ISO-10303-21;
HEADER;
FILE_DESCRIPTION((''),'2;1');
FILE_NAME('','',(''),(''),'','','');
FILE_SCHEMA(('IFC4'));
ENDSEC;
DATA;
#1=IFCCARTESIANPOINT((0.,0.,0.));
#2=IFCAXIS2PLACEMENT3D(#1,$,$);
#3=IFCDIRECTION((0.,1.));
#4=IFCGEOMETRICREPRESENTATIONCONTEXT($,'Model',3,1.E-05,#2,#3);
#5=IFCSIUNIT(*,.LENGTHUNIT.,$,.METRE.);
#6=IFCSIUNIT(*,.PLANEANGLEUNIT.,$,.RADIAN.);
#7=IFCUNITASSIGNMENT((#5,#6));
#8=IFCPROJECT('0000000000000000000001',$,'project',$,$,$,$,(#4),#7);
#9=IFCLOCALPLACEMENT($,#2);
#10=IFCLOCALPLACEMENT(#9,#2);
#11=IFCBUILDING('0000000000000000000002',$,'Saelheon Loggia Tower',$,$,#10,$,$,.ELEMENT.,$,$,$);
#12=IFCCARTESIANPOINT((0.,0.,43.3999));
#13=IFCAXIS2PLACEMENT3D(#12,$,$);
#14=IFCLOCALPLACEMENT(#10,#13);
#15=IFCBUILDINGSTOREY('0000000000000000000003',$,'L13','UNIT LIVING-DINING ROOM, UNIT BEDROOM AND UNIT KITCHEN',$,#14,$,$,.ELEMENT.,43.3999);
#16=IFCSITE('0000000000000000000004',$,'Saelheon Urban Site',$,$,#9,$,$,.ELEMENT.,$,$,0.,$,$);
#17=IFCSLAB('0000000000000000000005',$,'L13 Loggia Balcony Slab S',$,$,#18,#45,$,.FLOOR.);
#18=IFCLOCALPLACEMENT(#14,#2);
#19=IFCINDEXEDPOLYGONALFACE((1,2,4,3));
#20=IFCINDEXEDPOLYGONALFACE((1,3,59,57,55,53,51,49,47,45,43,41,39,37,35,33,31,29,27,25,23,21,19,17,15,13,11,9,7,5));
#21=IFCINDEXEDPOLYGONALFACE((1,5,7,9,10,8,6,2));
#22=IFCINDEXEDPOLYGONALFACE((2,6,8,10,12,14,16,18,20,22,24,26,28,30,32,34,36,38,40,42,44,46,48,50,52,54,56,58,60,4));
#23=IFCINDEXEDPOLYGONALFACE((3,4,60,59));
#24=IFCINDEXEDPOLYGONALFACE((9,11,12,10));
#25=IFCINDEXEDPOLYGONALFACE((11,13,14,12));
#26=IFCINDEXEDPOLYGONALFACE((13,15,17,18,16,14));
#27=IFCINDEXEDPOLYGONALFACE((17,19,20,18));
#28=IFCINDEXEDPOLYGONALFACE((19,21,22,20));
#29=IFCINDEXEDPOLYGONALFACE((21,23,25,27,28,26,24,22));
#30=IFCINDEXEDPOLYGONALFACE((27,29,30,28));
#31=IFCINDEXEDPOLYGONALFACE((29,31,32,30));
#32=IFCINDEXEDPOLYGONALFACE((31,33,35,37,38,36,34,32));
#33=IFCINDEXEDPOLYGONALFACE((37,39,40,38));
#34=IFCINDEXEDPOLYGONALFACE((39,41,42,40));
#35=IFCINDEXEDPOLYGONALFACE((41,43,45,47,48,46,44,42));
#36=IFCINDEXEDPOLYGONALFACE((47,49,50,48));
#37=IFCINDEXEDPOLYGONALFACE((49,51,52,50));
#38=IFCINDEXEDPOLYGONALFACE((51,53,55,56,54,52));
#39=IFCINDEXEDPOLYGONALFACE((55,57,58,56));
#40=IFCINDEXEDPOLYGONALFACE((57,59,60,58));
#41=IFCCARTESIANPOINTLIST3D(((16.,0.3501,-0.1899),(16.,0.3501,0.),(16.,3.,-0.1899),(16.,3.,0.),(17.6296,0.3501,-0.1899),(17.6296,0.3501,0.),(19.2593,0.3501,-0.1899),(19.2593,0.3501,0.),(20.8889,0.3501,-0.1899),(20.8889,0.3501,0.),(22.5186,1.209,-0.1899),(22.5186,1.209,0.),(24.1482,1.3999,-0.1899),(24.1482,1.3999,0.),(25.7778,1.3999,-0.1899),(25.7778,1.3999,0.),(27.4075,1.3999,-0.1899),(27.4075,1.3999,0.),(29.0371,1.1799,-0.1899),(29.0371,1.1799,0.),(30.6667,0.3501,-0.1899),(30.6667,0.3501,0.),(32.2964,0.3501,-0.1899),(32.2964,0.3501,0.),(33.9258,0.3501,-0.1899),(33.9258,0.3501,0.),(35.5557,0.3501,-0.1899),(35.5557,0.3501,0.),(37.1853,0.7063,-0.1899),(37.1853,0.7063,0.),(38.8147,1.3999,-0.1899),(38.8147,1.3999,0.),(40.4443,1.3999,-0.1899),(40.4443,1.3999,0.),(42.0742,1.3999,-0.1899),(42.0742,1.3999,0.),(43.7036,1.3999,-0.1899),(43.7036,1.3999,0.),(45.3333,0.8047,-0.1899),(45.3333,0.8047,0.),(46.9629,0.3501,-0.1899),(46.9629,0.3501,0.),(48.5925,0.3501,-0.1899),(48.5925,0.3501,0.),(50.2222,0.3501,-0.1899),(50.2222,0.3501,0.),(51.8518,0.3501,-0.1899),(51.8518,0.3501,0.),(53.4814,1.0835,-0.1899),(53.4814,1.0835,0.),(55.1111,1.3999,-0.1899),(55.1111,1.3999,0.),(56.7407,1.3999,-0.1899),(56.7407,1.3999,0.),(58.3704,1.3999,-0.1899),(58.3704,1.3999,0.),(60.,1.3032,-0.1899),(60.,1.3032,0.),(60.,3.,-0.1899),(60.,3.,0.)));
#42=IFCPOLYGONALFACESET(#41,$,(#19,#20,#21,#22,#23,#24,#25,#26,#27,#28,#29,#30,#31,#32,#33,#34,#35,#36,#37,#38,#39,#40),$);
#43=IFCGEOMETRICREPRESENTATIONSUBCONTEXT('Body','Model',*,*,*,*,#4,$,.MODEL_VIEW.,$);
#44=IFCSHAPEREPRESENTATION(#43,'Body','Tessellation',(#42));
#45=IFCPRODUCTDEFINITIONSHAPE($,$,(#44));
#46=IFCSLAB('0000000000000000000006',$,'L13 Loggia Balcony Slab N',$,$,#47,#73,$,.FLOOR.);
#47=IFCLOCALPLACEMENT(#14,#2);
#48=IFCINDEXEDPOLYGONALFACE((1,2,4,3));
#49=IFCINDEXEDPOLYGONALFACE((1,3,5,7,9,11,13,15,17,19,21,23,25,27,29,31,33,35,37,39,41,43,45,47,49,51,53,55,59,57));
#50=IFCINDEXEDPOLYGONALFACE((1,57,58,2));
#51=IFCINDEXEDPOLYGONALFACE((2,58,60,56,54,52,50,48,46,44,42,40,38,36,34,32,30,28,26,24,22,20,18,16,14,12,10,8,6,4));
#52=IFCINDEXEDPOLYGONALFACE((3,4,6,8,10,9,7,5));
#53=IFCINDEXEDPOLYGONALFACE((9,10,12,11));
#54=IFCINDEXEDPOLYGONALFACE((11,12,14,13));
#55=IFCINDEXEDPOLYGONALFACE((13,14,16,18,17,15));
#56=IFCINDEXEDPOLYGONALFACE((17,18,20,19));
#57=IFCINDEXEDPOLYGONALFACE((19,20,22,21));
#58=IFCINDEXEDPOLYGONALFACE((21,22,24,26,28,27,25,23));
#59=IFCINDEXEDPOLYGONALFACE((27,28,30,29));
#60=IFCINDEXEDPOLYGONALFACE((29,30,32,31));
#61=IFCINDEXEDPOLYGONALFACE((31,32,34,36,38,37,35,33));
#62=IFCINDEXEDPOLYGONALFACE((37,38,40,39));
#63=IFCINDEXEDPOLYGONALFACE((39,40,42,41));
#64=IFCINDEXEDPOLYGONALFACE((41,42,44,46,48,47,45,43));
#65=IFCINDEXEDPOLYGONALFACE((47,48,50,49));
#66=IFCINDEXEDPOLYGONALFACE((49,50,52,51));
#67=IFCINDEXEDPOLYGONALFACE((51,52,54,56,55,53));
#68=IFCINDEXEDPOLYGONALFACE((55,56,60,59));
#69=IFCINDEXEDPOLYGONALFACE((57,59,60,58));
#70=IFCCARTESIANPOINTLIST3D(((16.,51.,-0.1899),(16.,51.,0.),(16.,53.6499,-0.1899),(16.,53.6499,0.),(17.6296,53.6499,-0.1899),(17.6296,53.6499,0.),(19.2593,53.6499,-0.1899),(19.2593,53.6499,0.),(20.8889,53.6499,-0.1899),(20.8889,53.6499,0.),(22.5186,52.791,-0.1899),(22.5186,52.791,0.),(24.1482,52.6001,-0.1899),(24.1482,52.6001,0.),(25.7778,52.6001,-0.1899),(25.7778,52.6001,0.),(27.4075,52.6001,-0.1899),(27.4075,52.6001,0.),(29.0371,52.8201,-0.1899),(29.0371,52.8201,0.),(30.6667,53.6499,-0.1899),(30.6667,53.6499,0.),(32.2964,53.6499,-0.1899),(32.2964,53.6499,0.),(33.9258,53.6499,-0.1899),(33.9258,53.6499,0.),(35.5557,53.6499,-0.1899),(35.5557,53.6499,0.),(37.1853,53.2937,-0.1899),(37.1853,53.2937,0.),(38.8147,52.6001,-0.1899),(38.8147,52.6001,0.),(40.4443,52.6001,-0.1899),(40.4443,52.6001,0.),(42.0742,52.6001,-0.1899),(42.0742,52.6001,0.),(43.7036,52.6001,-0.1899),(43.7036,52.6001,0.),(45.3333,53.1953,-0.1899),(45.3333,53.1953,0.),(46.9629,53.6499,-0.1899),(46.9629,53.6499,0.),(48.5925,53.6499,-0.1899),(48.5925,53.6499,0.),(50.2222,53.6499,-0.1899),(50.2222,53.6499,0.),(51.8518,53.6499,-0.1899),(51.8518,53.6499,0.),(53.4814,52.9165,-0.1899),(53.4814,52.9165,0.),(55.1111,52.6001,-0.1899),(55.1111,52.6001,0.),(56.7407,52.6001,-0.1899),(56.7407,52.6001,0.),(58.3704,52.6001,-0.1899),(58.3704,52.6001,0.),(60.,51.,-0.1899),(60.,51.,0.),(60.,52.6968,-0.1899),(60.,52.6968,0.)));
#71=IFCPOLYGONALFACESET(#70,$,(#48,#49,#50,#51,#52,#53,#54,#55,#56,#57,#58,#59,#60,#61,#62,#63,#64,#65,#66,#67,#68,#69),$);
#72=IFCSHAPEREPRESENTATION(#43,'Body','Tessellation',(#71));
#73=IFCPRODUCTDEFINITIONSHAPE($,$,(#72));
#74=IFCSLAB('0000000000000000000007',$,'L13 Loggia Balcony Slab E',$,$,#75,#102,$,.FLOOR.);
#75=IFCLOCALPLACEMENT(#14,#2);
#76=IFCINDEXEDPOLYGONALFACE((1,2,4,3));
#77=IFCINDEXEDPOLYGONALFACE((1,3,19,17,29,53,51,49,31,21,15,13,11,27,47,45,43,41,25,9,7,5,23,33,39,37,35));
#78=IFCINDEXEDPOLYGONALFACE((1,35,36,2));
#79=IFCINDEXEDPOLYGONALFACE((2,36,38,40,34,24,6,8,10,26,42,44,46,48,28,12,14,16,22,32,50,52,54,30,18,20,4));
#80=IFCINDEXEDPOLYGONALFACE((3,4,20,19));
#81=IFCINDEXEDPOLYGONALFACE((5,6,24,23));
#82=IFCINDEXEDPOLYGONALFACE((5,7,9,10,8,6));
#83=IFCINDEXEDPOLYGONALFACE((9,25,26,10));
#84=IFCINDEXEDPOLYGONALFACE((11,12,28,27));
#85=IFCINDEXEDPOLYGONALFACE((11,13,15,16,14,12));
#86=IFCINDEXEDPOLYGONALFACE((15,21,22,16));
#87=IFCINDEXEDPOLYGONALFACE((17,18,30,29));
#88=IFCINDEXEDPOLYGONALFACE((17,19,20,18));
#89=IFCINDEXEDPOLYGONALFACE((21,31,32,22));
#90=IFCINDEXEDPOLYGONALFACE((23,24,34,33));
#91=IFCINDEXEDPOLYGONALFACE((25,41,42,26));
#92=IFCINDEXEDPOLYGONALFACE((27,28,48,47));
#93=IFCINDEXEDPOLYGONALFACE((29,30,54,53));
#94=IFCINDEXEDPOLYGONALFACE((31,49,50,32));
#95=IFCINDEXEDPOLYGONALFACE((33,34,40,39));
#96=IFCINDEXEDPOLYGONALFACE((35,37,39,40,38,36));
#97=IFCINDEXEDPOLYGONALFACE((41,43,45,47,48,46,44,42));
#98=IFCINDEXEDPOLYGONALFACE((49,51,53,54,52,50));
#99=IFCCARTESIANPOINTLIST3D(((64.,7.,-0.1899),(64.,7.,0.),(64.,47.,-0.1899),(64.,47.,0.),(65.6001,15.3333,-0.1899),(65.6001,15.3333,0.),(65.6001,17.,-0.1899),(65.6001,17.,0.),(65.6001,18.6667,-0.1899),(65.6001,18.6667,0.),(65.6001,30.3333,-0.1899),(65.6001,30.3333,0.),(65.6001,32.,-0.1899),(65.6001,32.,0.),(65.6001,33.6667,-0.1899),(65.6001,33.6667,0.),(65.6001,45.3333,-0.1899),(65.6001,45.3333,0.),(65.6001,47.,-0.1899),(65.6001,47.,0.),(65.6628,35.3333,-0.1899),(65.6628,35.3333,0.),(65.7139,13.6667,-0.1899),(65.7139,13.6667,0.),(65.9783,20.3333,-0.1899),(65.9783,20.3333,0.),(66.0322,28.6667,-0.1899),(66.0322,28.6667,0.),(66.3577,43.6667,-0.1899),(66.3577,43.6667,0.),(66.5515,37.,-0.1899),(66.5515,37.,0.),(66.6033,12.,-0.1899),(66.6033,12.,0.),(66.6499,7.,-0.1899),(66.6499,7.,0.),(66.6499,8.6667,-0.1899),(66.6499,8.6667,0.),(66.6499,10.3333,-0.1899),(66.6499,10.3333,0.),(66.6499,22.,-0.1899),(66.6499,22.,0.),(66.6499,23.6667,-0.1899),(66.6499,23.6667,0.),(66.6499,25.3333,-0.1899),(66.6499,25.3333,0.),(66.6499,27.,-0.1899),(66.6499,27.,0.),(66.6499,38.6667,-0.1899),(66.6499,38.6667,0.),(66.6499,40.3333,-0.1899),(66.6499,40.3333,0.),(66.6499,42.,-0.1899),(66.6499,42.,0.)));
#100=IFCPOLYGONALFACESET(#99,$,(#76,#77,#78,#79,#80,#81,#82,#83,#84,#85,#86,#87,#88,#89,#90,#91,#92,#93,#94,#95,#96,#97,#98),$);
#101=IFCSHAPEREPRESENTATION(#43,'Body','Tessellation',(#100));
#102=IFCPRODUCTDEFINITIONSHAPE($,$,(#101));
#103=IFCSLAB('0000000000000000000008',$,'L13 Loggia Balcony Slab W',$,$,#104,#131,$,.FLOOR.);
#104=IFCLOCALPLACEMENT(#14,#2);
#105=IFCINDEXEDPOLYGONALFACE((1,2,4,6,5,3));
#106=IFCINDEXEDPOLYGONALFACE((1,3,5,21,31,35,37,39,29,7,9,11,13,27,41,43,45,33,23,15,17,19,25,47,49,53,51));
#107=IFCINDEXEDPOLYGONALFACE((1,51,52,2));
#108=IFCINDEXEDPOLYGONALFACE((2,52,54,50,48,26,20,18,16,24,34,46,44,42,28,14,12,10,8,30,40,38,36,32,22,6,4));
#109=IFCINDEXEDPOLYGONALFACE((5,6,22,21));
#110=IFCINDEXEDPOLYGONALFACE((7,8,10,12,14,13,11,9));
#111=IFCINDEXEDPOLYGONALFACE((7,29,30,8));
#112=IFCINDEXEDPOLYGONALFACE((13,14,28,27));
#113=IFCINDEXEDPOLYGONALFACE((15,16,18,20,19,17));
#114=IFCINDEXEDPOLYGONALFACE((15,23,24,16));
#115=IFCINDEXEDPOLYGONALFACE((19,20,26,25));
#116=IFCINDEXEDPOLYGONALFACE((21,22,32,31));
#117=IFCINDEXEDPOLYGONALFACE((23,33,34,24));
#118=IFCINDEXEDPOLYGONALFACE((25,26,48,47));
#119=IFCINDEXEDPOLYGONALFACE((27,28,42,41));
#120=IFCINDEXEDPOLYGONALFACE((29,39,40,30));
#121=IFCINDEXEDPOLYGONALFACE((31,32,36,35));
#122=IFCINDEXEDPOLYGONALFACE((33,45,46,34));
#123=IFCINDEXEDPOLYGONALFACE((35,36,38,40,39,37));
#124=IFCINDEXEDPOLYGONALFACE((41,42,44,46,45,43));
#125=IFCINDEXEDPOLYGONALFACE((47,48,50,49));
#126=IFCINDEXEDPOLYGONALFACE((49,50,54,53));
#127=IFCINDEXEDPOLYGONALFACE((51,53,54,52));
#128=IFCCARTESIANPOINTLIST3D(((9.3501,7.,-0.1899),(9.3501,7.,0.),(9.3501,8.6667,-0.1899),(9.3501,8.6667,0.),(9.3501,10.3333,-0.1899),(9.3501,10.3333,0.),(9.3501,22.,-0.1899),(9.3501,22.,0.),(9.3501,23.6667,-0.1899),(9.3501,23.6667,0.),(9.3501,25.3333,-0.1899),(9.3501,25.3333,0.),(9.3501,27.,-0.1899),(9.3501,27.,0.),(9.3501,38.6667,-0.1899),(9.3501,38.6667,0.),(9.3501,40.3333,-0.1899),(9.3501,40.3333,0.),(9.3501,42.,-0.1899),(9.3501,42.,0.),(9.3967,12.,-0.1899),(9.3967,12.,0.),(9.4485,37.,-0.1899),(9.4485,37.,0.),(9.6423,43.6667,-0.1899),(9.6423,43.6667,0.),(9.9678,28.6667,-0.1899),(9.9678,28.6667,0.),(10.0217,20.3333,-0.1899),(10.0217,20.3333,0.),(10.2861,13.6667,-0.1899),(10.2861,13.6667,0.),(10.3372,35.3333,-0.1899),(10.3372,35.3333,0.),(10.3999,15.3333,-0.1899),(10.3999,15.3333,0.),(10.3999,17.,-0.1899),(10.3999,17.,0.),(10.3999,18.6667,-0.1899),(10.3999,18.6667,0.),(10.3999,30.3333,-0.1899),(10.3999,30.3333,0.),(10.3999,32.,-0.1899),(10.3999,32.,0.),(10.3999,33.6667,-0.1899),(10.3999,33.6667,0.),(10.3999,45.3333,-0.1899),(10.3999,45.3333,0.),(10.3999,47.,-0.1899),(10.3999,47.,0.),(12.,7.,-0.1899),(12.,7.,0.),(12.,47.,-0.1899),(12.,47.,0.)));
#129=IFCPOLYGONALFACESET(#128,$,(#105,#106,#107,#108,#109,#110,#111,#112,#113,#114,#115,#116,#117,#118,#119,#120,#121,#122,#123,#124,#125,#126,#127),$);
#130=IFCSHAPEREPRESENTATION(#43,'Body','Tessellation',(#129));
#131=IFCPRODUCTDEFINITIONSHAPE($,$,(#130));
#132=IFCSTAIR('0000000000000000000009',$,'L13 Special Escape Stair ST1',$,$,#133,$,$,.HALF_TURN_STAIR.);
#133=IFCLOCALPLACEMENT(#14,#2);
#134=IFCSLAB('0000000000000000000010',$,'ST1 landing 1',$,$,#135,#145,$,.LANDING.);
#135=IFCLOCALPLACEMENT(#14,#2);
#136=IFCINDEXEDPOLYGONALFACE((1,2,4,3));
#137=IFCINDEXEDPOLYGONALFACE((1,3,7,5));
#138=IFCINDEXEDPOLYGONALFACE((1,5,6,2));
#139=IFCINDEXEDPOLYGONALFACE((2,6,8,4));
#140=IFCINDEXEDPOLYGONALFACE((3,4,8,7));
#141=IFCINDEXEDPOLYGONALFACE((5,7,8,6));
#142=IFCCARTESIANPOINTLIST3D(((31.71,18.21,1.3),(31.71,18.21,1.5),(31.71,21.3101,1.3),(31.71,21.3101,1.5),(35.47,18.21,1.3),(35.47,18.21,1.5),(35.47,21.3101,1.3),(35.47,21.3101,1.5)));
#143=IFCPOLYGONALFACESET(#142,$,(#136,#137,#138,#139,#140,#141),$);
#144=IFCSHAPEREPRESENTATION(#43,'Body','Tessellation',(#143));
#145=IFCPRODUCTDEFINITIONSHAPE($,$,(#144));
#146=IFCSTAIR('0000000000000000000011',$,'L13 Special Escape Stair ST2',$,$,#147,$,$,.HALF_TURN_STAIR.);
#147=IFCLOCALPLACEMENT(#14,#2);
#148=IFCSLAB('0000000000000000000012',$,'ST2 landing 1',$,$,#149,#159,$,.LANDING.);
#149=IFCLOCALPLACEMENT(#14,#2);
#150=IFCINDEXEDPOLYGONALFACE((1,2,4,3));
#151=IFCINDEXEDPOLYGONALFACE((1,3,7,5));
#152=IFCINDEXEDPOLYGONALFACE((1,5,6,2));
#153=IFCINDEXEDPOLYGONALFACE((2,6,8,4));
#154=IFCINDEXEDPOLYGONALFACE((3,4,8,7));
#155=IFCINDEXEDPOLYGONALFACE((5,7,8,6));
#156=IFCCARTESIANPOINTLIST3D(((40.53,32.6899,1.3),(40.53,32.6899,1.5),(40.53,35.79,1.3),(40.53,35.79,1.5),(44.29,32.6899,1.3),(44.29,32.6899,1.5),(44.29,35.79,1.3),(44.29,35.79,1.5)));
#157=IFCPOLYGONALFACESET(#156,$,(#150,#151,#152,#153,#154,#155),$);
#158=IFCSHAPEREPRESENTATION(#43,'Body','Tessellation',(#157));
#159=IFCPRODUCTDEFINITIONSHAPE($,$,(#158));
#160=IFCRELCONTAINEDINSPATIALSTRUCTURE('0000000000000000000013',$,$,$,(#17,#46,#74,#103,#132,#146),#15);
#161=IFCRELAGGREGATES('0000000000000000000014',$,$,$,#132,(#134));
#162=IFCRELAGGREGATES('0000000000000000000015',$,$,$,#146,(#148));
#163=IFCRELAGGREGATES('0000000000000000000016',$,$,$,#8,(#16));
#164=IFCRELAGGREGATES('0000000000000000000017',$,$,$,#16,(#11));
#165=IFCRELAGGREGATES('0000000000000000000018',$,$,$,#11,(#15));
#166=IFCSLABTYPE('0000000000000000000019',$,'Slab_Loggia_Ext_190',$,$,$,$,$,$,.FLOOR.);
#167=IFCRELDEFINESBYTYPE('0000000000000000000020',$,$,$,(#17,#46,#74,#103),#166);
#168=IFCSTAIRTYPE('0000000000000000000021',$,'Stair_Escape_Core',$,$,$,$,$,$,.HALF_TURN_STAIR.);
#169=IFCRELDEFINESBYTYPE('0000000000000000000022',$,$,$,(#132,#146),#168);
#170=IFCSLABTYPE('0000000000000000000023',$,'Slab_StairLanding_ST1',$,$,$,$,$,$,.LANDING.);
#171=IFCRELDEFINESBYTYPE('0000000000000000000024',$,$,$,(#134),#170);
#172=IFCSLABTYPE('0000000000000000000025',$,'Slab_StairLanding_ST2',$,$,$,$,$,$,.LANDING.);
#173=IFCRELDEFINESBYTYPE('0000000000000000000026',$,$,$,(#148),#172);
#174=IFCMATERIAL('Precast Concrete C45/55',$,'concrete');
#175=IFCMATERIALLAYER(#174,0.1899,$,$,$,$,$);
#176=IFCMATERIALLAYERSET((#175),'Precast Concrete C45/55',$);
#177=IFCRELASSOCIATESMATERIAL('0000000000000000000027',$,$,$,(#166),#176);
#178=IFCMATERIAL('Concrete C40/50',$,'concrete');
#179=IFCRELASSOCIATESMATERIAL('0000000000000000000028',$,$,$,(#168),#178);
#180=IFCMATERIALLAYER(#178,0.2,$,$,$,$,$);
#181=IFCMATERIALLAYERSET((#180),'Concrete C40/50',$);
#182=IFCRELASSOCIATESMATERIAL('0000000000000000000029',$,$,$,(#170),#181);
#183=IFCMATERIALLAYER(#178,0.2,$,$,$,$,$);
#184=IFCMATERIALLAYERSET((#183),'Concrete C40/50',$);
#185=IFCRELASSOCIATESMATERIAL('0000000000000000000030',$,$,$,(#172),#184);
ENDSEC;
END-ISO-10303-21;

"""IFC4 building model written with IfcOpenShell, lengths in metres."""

from ifc_helpers import new_model, si_unit, direction, frame, origin, place, context, subcontext, project, spatial, polyline, outline, extrude, material, layer, layer_set, type_object, element, aggregate, save


model = new_model("IFC4")

# Units and contexts
model_context = context("Model", 3, precision=1e-05, world=origin(), true_north=direction((0.0, 1.0)))
body_context = subcontext(model_context, "Body", "Model", "MODEL_VIEW")
ifc_project = project(units=[si_unit("LENGTHUNIT", "METRE"), si_unit("PLANEANGLEUNIT", "RADIAN")], contexts=[model_context])

# Site, building, storey
site_placement = place(None, origin())
site = spatial("IfcSite", under=ifc_project, at=site_placement, Name="Saelheon Urban Site", CompositionType="ELEMENT", RefElevation=0.0)
building_placement = place(site_placement, origin())
building = spatial("IfcBuilding", under=site, at=building_placement, Name="Saelheon Loggia Tower", CompositionType="ELEMENT")
storey_placement = place(building_placement, frame((0.0, 0.0, 43.3999)))
storey = spatial("IfcBuildingStorey", under=building, at=storey_placement, Name="L13", Description="UNIT LIVING-DINING ROOM, UNIT BEDROOM AND UNIT KITCHEN", CompositionType="ELEMENT", Elevation=43.3999)

# Slabs
ifc_material_1 = material(Name="Precast Concrete C45/55", Category="concrete")
ifc_layer_1 = layer(ifc_material_1, 0.1899)
ifc_layer_set_1 = layer_set([ifc_layer_1], Name="Precast Concrete C45/55")
slab_type_1 = type_object("IfcSlabType", Name="Slab_Loggia_Ext_190", PredefinedType="FLOOR", material=ifc_layer_set_1)
slab_1_placement = place(storey_placement, frame((0.0, 0.0, -0.1899)))
element("IfcSlab", 1, at=slab_1_placement, inside=storey, type_object=slab_type_1, Name="L13 Loggia Balcony Slab S", PredefinedType="FLOOR", context=body_context, shape_type="SweptSolid", body=[
    extrude(outline(polyline([(16.0, 0.3501), (17.6296, 0.3501), (19.2593, 0.3501), (20.8889, 0.3501), (22.5186, 1.209), (24.1482, 1.3999), (25.7778, 1.3999), (27.4075, 1.3999), (29.0371, 1.1799), (30.6667, 0.3501), (32.2964, 0.3501), (33.9258, 0.3501), (35.5557, 0.3501), (37.1853, 0.7063), (38.8147, 1.3999), (40.4443, 1.3999), (42.0742, 1.3999), (43.7036, 1.3999), (45.3333, 0.8047), (46.9629, 0.3501), (48.5925, 0.3501), (50.2222, 0.3501), (51.8518, 0.3501), (53.4814, 1.0835), (55.1111, 1.3999), (56.7407, 1.3999), (58.3704, 1.3999), (60.0, 1.3032), (60.0, 3.0), (16.0, 3.0), (16.0, 0.3501)])), origin(), (0.0, 0.0, 1.0), 0.1899),
])
slab_2_placement = place(storey_placement, frame((0.0, 0.0, -0.1899)))
element("IfcSlab", 2, at=slab_2_placement, inside=storey, type_object=slab_type_1, Name="L13 Loggia Balcony Slab N", PredefinedType="FLOOR", context=body_context, shape_type="SweptSolid", body=[
    extrude(outline(polyline([(16.0, 51.0), (60.0, 51.0), (60.0, 52.6968), (58.3704, 52.6001), (56.7407, 52.6001), (55.1111, 52.6001), (53.4814, 52.9165), (51.8518, 53.6499), (50.2222, 53.6499), (48.5925, 53.6499), (46.9629, 53.6499), (45.3333, 53.1953), (43.7036, 52.6001), (42.0742, 52.6001), (40.4443, 52.6001), (38.8147, 52.6001), (37.1853, 53.2937), (35.5557, 53.6499), (33.9258, 53.6499), (32.2964, 53.6499), (30.6667, 53.6499), (29.0371, 52.8201), (27.4075, 52.6001), (25.7778, 52.6001), (24.1482, 52.6001), (22.5186, 52.791), (20.8889, 53.6499), (19.2593, 53.6499), (17.6296, 53.6499), (16.0, 53.6499), (16.0, 51.0)])), origin(), (0.0, 0.0, 1.0), 0.1899),
])
slab_3_placement = place(storey_placement, frame((0.0, 0.0, -0.1899)))
element("IfcSlab", 3, at=slab_3_placement, inside=storey, type_object=slab_type_1, Name="L13 Loggia Balcony Slab E", PredefinedType="FLOOR", context=body_context, shape_type="SweptSolid", body=[
    extrude(outline(polyline([(64.0, 7.0), (66.6499, 7.0), (66.6499, 8.6667), (66.6499, 10.3333), (66.6033, 12.0), (65.7139, 13.6667), (65.6001, 15.3333), (65.6001, 17.0), (65.6001, 18.6667), (65.9783, 20.3333), (66.6499, 22.0), (66.6499, 23.6667), (66.6499, 25.3333), (66.6499, 27.0), (66.0322, 28.6667), (65.6001, 30.3333), (65.6001, 32.0), (65.6001, 33.6667), (65.6628, 35.3333), (66.5515, 37.0), (66.6499, 38.6667), (66.6499, 40.3333), (66.6499, 42.0), (66.3577, 43.6667), (65.6001, 45.3333), (65.6001, 47.0), (64.0, 47.0), (64.0, 7.0)])), origin(), (0.0, 0.0, 1.0), 0.1899),
])
slab_4_placement = place(storey_placement, frame((0.0, 0.0, -0.1899)))
element("IfcSlab", 4, at=slab_4_placement, inside=storey, type_object=slab_type_1, Name="L13 Loggia Balcony Slab W", PredefinedType="FLOOR", context=body_context, shape_type="SweptSolid", body=[
    extrude(outline(polyline([(12.0, 7.0), (12.0, 47.0), (10.3999, 47.0), (10.3999, 45.3333), (9.6423, 43.6667), (9.3501, 42.0), (9.3501, 40.3333), (9.3501, 38.6667), (9.4485, 37.0), (10.3372, 35.3333), (10.3999, 33.6667), (10.3999, 32.0), (10.3999, 30.3333), (9.9678, 28.6667), (9.3501, 27.0), (9.3501, 25.3333), (9.3501, 23.6667), (9.3501, 22.0), (10.0217, 20.3333), (10.3999, 18.6667), (10.3999, 17.0), (10.3999, 15.3333), (10.2861, 13.6667), (9.3967, 12.0), (9.3501, 10.3333), (9.3501, 8.6667), (9.3501, 7.0), (12.0, 7.0)])), origin(), (0.0, 0.0, 1.0), 0.1899),
])

# Stairs, slabs
ifc_material_2 = material(Name="Concrete C40/50", Category="concrete")
stair_type = type_object("IfcStairType", Name="Stair_Escape_Core", PredefinedType="HALF_TURN_STAIR", material=ifc_material_2)
stair_1_placement = place(storey_placement, origin())
stair_1 = element("IfcStair", 5, at=stair_1_placement, inside=storey, type_object=stair_type, Name="L13 Special Escape Stair ST1", PredefinedType="HALF_TURN_STAIR")
ifc_layer_2 = layer(ifc_material_2, 0.2)
ifc_layer_set_2 = layer_set([ifc_layer_2], Name="Concrete C40/50")
slab_type_2 = type_object("IfcSlabType", Name="Slab_StairLanding_ST1", PredefinedType="LANDING", material=ifc_layer_set_2)
slab_5_placement = place(storey_placement, frame((0.0, 0.0, 1.3)))
slab_5 = element("IfcSlab", 6, at=slab_5_placement, type_object=slab_type_2, Name="ST1 landing 1", PredefinedType="LANDING", context=body_context, shape_type="SweptSolid", body=[
    extrude(outline(polyline([(31.71, 21.3101), (31.71, 18.21), (35.47, 18.21), (35.47, 21.3101), (31.71, 21.3101)])), origin(), (0.0, 0.0, 1.0), 0.2),
])
aggregate(stair_1, [slab_5])
stair_2_placement = place(storey_placement, origin())
stair_2 = element("IfcStair", 7, at=stair_2_placement, inside=storey, type_object=stair_type, Name="L13 Special Escape Stair ST2", PredefinedType="HALF_TURN_STAIR")
ifc_layer_3 = layer(ifc_material_2, 0.2)
ifc_layer_set_3 = layer_set([ifc_layer_3], Name="Concrete C40/50")
slab_type_3 = type_object("IfcSlabType", Name="Slab_StairLanding_ST2", PredefinedType="LANDING", material=ifc_layer_set_3)
slab_6_placement = place(storey_placement, frame((0.0, 0.0, 1.3)))
slab_6 = element("IfcSlab", 8, at=slab_6_placement, type_object=slab_type_3, Name="ST2 landing 1", PredefinedType="LANDING", context=body_context, shape_type="SweptSolid", body=[
    extrude(outline(polyline([(44.29, 32.6899), (44.29, 35.79), (40.53, 35.79), (40.53, 32.6899), (44.29, 32.6899)])), origin(), (0.0, 0.0, 1.0), 0.2),
])
aggregate(stair_2, [slab_6])

save(model, "model.ifc")
